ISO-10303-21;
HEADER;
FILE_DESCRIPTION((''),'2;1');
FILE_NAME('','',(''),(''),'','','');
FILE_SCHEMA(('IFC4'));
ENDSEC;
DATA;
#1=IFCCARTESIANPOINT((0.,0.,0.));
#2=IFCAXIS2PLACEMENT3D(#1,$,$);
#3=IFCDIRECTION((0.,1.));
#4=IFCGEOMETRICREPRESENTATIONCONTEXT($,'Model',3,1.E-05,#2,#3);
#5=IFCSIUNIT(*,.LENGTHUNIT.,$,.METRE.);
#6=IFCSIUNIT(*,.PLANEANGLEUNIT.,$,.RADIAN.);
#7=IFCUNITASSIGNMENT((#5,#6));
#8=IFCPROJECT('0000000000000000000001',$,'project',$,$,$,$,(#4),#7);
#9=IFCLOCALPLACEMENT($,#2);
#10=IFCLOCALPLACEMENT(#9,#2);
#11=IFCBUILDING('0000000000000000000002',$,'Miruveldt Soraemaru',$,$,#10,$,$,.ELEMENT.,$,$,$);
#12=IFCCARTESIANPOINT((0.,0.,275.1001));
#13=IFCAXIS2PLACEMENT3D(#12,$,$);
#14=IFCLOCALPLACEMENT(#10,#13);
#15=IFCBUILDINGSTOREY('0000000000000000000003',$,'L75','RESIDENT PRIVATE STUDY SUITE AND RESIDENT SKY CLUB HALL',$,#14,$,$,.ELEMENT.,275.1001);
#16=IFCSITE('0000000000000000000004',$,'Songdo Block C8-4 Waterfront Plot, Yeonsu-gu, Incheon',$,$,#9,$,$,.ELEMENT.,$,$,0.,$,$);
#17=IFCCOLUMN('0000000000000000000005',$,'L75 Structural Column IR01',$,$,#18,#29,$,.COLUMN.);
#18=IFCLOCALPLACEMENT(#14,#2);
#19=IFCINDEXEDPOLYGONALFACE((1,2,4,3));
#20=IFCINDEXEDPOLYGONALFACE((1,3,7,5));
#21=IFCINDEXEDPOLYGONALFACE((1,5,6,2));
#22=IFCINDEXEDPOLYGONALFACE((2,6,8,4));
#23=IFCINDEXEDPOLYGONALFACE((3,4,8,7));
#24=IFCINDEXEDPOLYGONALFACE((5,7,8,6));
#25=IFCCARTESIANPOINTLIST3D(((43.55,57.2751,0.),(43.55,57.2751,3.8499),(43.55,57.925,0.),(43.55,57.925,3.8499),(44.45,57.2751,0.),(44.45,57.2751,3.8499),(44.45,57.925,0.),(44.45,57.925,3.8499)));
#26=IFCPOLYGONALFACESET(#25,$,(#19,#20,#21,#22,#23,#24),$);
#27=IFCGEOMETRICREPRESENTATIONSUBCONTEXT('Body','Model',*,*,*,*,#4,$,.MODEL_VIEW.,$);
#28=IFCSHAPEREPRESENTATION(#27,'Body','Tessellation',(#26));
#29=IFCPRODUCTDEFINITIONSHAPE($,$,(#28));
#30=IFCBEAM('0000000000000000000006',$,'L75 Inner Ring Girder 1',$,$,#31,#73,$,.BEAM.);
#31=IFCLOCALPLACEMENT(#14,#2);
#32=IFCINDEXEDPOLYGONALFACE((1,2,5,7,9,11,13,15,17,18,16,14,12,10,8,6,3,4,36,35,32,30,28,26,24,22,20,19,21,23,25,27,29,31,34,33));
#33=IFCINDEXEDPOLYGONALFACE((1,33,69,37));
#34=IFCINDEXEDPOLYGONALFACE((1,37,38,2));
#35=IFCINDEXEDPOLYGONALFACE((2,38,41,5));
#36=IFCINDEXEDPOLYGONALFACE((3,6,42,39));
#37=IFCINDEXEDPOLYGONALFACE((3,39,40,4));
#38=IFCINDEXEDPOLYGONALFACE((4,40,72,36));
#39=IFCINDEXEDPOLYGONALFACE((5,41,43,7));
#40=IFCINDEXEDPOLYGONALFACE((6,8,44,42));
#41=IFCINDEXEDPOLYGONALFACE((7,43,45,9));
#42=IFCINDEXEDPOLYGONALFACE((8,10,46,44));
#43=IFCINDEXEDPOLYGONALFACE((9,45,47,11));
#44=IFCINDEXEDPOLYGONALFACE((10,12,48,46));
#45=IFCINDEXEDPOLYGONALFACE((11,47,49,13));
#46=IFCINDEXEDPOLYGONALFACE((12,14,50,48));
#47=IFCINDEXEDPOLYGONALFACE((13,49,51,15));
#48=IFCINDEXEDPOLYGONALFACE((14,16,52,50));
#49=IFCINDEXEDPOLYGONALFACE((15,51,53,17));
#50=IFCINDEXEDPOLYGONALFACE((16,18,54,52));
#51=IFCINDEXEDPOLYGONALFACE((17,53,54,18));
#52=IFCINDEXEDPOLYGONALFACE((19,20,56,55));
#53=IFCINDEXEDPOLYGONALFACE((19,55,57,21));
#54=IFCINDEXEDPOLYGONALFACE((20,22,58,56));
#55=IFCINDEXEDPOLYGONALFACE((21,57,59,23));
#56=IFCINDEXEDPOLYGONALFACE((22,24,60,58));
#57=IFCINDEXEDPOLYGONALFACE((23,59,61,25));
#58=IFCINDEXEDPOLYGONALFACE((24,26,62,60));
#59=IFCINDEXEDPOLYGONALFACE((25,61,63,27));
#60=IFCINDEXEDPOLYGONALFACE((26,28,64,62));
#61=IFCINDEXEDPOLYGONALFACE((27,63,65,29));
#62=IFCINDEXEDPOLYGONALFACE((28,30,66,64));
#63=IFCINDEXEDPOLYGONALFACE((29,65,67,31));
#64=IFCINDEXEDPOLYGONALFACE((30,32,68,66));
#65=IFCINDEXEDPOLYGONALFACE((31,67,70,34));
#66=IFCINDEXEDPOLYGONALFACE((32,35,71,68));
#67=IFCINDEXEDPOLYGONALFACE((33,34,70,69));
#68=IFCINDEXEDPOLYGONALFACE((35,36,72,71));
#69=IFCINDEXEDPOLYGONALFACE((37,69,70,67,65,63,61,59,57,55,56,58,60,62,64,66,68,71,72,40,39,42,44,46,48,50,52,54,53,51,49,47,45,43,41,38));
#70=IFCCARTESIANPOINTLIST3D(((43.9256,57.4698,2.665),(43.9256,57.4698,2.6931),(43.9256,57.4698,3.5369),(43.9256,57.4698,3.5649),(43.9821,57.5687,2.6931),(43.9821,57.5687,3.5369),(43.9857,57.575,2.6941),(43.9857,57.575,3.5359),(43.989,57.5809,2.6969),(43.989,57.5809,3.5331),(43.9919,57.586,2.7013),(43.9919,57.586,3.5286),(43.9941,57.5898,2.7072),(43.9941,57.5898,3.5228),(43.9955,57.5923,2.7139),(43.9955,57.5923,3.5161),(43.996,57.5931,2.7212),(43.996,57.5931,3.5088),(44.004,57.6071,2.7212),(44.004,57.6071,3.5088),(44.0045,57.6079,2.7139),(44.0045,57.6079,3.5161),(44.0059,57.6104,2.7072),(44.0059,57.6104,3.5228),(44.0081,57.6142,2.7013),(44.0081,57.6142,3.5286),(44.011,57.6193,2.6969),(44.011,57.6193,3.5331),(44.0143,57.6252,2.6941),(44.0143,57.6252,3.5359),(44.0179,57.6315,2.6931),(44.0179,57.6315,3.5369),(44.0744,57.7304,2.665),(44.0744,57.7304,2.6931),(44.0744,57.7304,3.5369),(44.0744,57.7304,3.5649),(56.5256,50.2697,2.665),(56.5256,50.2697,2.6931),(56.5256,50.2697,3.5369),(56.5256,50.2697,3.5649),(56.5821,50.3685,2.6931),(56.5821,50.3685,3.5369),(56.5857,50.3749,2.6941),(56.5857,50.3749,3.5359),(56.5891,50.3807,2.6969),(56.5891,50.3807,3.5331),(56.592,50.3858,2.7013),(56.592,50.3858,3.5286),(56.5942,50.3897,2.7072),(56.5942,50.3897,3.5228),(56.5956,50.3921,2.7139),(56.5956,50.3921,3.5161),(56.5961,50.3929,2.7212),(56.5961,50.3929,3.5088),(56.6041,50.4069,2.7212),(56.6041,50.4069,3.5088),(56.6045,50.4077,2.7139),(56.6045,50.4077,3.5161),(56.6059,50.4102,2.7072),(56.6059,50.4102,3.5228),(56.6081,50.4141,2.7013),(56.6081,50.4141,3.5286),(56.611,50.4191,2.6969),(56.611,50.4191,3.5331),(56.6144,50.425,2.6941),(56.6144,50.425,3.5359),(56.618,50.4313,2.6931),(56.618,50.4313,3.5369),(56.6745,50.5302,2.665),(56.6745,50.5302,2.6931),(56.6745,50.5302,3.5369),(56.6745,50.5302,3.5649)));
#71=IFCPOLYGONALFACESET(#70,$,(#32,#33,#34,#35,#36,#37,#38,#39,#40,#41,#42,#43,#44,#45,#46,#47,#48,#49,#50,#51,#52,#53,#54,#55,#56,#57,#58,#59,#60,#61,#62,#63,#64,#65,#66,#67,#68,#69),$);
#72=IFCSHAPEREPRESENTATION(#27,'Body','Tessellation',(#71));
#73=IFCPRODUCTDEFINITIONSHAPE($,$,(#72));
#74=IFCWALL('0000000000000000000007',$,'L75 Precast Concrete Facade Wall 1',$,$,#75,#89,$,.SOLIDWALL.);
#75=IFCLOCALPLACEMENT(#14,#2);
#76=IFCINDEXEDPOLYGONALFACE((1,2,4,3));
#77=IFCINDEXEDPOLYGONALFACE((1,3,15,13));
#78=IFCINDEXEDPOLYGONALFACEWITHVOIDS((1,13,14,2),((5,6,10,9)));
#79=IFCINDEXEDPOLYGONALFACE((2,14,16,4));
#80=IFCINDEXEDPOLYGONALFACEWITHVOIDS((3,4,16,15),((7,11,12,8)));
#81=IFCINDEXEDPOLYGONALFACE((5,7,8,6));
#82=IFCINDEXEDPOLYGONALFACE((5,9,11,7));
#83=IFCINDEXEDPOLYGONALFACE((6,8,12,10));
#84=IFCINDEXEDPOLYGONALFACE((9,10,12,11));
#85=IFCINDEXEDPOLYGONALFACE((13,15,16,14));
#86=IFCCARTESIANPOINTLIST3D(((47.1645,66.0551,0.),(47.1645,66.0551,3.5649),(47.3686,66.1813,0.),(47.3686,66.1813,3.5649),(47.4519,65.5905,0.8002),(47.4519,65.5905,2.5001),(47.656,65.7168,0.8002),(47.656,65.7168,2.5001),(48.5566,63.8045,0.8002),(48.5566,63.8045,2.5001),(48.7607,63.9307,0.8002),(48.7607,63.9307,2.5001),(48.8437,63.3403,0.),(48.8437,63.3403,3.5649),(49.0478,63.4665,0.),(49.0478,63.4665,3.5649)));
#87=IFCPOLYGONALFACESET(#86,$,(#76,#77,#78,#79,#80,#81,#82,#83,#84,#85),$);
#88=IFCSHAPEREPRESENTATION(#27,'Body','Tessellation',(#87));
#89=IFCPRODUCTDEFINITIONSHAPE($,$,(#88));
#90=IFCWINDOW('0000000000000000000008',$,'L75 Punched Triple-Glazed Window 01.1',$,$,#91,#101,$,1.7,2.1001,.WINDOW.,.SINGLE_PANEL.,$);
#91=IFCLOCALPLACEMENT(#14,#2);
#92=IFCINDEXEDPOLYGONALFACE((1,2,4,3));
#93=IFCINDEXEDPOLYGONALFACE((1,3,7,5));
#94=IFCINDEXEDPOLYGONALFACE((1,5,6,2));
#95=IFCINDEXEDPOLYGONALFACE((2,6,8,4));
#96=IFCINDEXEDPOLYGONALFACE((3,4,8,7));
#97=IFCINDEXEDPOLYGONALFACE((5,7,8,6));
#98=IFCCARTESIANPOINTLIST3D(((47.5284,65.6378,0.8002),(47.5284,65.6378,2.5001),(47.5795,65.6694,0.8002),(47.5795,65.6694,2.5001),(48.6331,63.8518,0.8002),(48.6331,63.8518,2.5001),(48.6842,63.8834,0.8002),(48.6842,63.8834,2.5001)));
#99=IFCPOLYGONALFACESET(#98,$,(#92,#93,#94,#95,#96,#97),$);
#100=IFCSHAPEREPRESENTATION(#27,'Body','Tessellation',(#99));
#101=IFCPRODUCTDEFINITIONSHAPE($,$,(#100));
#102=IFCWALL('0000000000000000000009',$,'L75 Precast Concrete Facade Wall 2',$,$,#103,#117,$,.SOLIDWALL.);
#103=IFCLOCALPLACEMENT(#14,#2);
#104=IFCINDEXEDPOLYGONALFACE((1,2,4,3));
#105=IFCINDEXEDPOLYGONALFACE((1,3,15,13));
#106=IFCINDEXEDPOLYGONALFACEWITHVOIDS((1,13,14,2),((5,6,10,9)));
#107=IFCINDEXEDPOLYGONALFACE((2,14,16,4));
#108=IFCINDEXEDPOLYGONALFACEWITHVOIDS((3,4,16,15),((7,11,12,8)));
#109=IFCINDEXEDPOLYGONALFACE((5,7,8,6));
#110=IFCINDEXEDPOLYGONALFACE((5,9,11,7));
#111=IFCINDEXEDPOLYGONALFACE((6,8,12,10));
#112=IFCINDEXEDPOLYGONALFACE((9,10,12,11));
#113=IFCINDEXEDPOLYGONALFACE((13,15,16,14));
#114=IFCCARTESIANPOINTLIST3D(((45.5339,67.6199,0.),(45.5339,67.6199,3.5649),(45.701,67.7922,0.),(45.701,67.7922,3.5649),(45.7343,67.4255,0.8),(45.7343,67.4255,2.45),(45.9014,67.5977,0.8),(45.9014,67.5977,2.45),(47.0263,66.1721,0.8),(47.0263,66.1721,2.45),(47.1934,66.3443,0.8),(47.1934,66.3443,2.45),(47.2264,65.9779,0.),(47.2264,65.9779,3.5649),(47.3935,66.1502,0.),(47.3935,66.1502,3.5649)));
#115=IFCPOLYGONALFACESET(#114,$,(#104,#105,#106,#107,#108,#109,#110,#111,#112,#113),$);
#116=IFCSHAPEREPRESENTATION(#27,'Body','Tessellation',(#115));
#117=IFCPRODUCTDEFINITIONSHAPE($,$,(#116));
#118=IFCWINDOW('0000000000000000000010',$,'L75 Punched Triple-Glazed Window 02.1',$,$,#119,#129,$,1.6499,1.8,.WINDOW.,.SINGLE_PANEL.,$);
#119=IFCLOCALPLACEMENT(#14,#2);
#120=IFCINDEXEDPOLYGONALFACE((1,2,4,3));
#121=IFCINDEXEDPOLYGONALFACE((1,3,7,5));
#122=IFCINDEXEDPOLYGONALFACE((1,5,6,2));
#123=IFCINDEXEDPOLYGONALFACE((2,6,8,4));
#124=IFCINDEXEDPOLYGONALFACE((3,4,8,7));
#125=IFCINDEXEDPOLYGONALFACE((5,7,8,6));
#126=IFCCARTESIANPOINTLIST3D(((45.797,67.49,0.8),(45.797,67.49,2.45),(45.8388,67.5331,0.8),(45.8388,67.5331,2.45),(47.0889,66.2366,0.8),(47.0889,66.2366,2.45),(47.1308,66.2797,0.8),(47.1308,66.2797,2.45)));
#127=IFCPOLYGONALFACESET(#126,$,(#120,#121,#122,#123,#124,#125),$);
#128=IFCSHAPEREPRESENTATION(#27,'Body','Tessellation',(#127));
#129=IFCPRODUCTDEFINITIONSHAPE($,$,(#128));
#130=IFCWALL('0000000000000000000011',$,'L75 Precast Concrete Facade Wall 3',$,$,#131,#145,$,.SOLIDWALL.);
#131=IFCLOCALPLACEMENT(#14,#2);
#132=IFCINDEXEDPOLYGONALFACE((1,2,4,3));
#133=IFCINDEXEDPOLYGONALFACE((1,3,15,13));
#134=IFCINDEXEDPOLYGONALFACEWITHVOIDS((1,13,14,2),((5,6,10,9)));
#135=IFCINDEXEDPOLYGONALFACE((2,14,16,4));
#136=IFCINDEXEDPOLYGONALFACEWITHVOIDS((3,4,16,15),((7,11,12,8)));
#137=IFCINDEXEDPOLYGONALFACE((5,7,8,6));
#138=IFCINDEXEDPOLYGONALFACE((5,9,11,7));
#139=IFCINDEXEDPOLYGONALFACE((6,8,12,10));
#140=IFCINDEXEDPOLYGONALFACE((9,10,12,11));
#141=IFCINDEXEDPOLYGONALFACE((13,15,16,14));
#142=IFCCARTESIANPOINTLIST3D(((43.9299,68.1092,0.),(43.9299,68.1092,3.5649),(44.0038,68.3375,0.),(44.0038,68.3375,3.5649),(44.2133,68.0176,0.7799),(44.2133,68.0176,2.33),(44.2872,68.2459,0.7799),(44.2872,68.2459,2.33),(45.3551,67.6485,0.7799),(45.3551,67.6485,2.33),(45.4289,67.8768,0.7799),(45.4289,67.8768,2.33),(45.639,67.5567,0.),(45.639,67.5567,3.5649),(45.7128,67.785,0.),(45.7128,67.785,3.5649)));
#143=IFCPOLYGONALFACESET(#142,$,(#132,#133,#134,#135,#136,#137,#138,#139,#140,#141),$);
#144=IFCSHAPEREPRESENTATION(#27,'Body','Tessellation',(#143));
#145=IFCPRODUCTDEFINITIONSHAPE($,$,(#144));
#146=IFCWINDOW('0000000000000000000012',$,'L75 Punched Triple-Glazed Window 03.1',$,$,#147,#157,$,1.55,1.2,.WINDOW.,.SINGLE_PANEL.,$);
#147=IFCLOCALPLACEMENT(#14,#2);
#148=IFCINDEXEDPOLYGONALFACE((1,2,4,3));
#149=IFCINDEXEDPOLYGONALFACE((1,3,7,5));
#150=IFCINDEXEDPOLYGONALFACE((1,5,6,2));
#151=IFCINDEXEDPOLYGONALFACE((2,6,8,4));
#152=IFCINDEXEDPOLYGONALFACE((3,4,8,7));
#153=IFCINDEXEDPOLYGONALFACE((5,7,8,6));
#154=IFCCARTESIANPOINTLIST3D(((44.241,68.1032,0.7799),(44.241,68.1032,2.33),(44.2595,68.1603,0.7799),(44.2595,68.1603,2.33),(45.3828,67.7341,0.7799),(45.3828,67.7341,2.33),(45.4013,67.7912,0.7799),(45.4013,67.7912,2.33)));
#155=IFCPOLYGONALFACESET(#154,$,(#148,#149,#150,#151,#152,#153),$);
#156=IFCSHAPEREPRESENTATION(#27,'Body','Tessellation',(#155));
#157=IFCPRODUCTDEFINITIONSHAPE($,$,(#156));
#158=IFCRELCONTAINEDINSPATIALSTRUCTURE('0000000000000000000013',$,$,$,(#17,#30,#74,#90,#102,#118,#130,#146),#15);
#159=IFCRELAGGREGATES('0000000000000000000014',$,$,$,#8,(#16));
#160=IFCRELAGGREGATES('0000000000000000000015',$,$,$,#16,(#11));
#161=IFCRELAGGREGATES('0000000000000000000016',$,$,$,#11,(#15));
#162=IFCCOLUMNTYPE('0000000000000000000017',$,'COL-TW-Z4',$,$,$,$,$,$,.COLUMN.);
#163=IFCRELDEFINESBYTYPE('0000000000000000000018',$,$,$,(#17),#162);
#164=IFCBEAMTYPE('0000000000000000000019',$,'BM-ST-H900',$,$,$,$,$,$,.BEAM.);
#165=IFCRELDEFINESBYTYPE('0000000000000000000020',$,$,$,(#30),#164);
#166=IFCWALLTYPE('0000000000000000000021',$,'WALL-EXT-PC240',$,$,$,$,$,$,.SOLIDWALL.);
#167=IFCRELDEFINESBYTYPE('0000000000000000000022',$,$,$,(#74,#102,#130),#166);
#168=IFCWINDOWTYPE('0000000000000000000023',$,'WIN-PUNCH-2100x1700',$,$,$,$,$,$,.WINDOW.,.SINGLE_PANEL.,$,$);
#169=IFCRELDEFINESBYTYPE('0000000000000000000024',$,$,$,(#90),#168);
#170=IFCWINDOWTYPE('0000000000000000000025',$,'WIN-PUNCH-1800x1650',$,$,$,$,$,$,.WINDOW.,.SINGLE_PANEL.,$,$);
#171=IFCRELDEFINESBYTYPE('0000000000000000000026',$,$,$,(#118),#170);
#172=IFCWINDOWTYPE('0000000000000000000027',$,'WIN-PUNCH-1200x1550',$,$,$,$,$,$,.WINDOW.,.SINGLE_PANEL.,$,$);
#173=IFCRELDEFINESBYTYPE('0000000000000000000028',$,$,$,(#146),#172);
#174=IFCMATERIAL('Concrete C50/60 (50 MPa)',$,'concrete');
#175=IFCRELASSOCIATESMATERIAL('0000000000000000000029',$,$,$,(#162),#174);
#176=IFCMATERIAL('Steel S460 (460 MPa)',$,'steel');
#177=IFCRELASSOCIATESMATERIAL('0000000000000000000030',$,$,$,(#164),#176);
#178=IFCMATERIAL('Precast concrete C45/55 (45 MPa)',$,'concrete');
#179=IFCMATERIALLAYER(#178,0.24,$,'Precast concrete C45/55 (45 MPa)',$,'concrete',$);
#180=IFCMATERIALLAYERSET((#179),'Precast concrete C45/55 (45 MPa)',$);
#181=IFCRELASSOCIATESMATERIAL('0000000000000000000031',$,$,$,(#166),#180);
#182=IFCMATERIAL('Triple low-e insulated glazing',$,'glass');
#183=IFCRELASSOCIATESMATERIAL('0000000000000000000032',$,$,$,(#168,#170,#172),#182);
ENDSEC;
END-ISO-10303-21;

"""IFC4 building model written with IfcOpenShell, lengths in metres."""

from ifc_helpers import new_model, si_unit, direction, frame, frame_2d, origin, origin_2d, place, context, subcontext, project, spatial, rectangle, i_section, extrude, material, layer, layer_set, material_profile, profile_set, type_object, element, fill, save


model = new_model("IFC4")

# Units and contexts
model_context = context("Model", 3, precision=1e-05, world=origin(), true_north=direction((0.0, 1.0)))
body_context = subcontext(model_context, "Body", "Model", "MODEL_VIEW")
ifc_project = project(units=[si_unit("LENGTHUNIT", "METRE"), si_unit("PLANEANGLEUNIT", "RADIAN")], contexts=[model_context])

# Site, building, storey
site_placement = place(None, origin())
site = spatial("IfcSite", under=ifc_project, at=site_placement, Name="Songdo Block C8-4 Waterfront Plot, Yeonsu-gu, Incheon", CompositionType="ELEMENT", RefElevation=0.0)
building_placement = place(site_placement, origin())
building = spatial("IfcBuilding", under=site, at=building_placement, Name="Miruveldt Soraemaru", CompositionType="ELEMENT")
storey_placement = place(building_placement, frame((0.0, 0.0, 275.1001)))
storey = spatial("IfcBuildingStorey", under=building, at=storey_placement, Name="L75", Description="RESIDENT PRIVATE STUDY SUITE AND RESIDENT SKY CLUB HALL", CompositionType="ELEMENT", Elevation=275.1001)

# Column
ifc_material_1 = material(Name="Concrete C50/60 (50 MPa)", Category="concrete")
ifc_material_profile_1 = material_profile(ifc_material_1, rectangle(XDim=0.8999, YDim=0.6499, at=origin_2d()), Name="Concrete C50/60 (50 MPa)", Category="concrete")
ifc_profile_set_1 = profile_set([ifc_material_profile_1], Name="Concrete C50/60 (50 MPa)")
column_type = type_object("IfcColumnType", Name="COL-TW-Z4", PredefinedType="COLUMN", material=ifc_profile_set_1)
column_placement = place(storey_placement, frame((44.0, 57.6001, 0.0), z_axis=(0.0, 0.0, 1.0), x_axis=(1.0, 0.0, 0.0)))
element("IfcColumn", 1, at=column_placement, inside=storey, type_object=column_type, Name="L75 Structural Column IR01", PredefinedType="COLUMN", context=body_context, shape_type="SweptSolid", body=[
    extrude(rectangle(XDim=0.8999, YDim=0.6499, at=origin_2d()), origin(), (0.0, 0.0, 1.0), 3.8499),
])

# Beam
ifc_material_2 = material(Name="Steel S460 (460 MPa)", Category="steel")
ifc_material_profile_2 = material_profile(ifc_material_2, i_section(OverallWidth=0.3, OverallDepth=0.8999, WebThickness=0.0161, FlangeThickness=0.0281, FilletRadius=0.0281, at=origin_2d()), Name="Steel S460 (460 MPa)", Category="steel")
ifc_profile_set_2 = profile_set([ifc_material_profile_2], Name="Steel S460 (460 MPa)")
beam_type = type_object("IfcBeamType", Name="BM-ST-H900", PredefinedType="BEAM", material=ifc_profile_set_2)
beam_placement = place(storey_placement, frame((44.0, 57.6001, 3.115), z_axis=(0.868239, -0.496146, 0.0), x_axis=(0.496146, 0.868239, 0.0)))
element("IfcBeam", 2, at=beam_placement, inside=storey, type_object=beam_type, Name="L75 Inner Ring Girder 1", PredefinedType="BEAM", context=body_context, shape_type="SweptSolid", body=[
    extrude(i_section(OverallWidth=0.3, OverallDepth=0.8999, WebThickness=0.0161, FlangeThickness=0.0281, FilletRadius=0.0281, at=origin_2d()), origin(), (0.0, 0.0, 1.0), 14.5122),
])

# Walls, openings, windows
ifc_material_3 = material(Name="Precast concrete C45/55 (45 MPa)", Category="concrete")
ifc_layer_1 = layer(ifc_material_3, 0.24, Name="Precast concrete C45/55 (45 MPa)", Category="concrete")
ifc_layer_set_1 = layer_set([ifc_layer_1], Name="Precast concrete C45/55 (45 MPa)")
wall_type_1 = type_object("IfcWallType", Name="WALL-EXT-PC240", PredefinedType="SOLIDWALL", material=ifc_layer_set_1)
wall_1_placement = place(storey_placement, frame((48.9458, 63.4033, 0.0), z_axis=(0.0, 0.0, 1.0), x_axis=(-0.526033, 0.850464, 0.0)))
wall_1 = element("IfcWall", 3, at=wall_1_placement, inside=storey, type_object=wall_type_1, Name="L75 Precast Concrete Facade Wall 1", PredefinedType="SOLIDWALL", context=body_context, shape_type="SweptSolid", body=[
    extrude(rectangle(XDim=3.1921, YDim=0.24, at=frame_2d((1.5962, 0.0))), origin(), (0.0, 0.0, 1.0), 3.5649),
])
opening_1_placement = place(wall_1_placement, frame((0.5459, 0.0, 0.8)))
opening_1 = element("IfcOpeningElement", 4, at=opening_1_placement, cuts=wall_1, PredefinedType="OPENING", context=body_context, shape_type="SweptSolid", body=[
    extrude(rectangle(XDim=2.1001, YDim=1.7, at=frame_2d((1.05, 0.8501))), frame((0.0, 0.1299, 0.0), z_axis=(0.0, -1.0, 0.0), x_axis=(1.0, 0.0, 0.0)), (0.0, 0.0, 1.0), 0.26),
])
ifc_material_4 = material(Name="Triple low-e insulated glazing", Category="glass")
window_type_1 = type_object("IfcWindowType", Name="WIN-PUNCH-2100x1700", PartitioningType="SINGLE_PANEL", PredefinedType="WINDOW", material=ifc_material_4)
window_1_placement = place(opening_1_placement, origin())
window_1 = element("IfcWindow", 5, at=window_1_placement, inside=storey, type_object=window_type_1, Name="L75 Punched Triple-Glazed Window 01.1", OverallHeight=1.7, OverallWidth=2.1001, PartitioningType="SINGLE_PANEL", PredefinedType="WINDOW", context=body_context, shape_type="SweptSolid", body=[
    extrude(rectangle(XDim=2.1001, YDim=1.7, at=frame_2d((1.05, 0.8501))), frame((0.0, 0.03, 0.0), z_axis=(0.0, -1.0, 0.0), x_axis=(1.0, 0.0, 0.0)), (0.0, 0.0, 1.0), 0.0601),
])
fill(opening_1, window_1)
wall_2_placement = place(storey_placement, frame((47.3101, 66.064, 0.0), z_axis=(0.0, 0.0, 1.0), x_axis=(-0.71774, 0.696311, 0.0)))
wall_2 = element("IfcWall", 6, at=wall_2_placement, inside=storey, type_object=wall_type_1, Name="L75 Precast Concrete Facade Wall 2", PredefinedType="SOLIDWALL", context=body_context, shape_type="SweptSolid", body=[
    extrude(rectangle(XDim=2.3582, YDim=0.24, at=frame_2d((1.1792, 0.0))), origin(), (0.0, 0.0, 1.0), 3.5649),
])
opening_2_placement = place(wall_2_placement, frame((0.2791, 0.0, 0.8)))
opening_2 = element("IfcOpeningElement", 7, at=opening_2_placement, cuts=wall_2, PredefinedType="OPENING", context=body_context, shape_type="SweptSolid", body=[
    extrude(rectangle(XDim=1.8, YDim=1.6499, at=frame_2d((0.8999, 0.825))), frame((0.0, 0.1299, 0.0), z_axis=(0.0, -1.0, 0.0), x_axis=(1.0, 0.0, 0.0)), (0.0, 0.0, 1.0), 0.26),
])
window_type_2 = type_object("IfcWindowType", Name="WIN-PUNCH-1800x1650", PartitioningType="SINGLE_PANEL", PredefinedType="WINDOW", material=ifc_material_4)
window_2_placement = place(opening_2_placement, origin())
window_2 = element("IfcWindow", 8, at=window_2_placement, inside=storey, type_object=window_type_2, Name="L75 Punched Triple-Glazed Window 02.1", OverallHeight=1.6499, OverallWidth=1.8, PartitioningType="SINGLE_PANEL", PredefinedType="WINDOW", context=body_context, shape_type="SweptSolid", body=[
    extrude(rectangle(XDim=1.8, YDim=1.6499, at=frame_2d((0.8999, 0.825))), frame((0.0, 0.03, 0.0), z_axis=(0.0, -1.0, 0.0), x_axis=(1.0, 0.0, 0.0)), (0.0, 0.0, 1.0), 0.0601),
])
fill(opening_2, window_2)
wall_3_placement = place(storey_placement, frame((45.6758, 67.6709, 0.0), z_axis=(0.0, 0.0, 1.0), x_axis=(-0.951512, 0.30761, 0.0)))
wall_3 = element("IfcWall", 9, at=wall_3_placement, inside=storey, type_object=wall_type_1, Name="L75 Precast Concrete Facade Wall 3", PredefinedType="SOLIDWALL", context=body_context, shape_type="SweptSolid", body=[
    extrude(rectangle(XDim=1.7961, YDim=0.24, at=frame_2d((0.8979, 0.0))), origin(), (0.0, 0.0, 1.0), 3.5649),
])
opening_3_placement = place(wall_3_placement, frame((0.2981, 0.0, 0.78)))
opening_3 = element("IfcOpeningElement", 10, at=opening_3_placement, cuts=wall_3, PredefinedType="OPENING", context=body_context, shape_type="SweptSolid", body=[
    extrude(rectangle(XDim=1.2, YDim=1.55, at=frame_2d((0.6001, 0.7749))), frame((0.0, 0.1299, 0.0), z_axis=(0.0, -1.0, 0.0), x_axis=(1.0, 0.0, 0.0)), (0.0, 0.0, 1.0), 0.26),
])
window_type_3 = type_object("IfcWindowType", Name="WIN-PUNCH-1200x1550", PartitioningType="SINGLE_PANEL", PredefinedType="WINDOW", material=ifc_material_4)
window_3_placement = place(opening_3_placement, origin())
window_3 = element("IfcWindow", 11, at=window_3_placement, inside=storey, type_object=window_type_3, Name="L75 Punched Triple-Glazed Window 03.1", OverallHeight=1.55, OverallWidth=1.2, PartitioningType="SINGLE_PANEL", PredefinedType="WINDOW", context=body_context, shape_type="SweptSolid", body=[
    extrude(rectangle(XDim=1.2, YDim=1.55, at=frame_2d((0.6001, 0.7749))), frame((0.0, 0.03, 0.0), z_axis=(0.0, -1.0, 0.0), x_axis=(1.0, 0.0, 0.0)), (0.0, 0.0, 1.0), 0.0601),
])
fill(opening_3, window_3)

save(model, "model.ifc")
